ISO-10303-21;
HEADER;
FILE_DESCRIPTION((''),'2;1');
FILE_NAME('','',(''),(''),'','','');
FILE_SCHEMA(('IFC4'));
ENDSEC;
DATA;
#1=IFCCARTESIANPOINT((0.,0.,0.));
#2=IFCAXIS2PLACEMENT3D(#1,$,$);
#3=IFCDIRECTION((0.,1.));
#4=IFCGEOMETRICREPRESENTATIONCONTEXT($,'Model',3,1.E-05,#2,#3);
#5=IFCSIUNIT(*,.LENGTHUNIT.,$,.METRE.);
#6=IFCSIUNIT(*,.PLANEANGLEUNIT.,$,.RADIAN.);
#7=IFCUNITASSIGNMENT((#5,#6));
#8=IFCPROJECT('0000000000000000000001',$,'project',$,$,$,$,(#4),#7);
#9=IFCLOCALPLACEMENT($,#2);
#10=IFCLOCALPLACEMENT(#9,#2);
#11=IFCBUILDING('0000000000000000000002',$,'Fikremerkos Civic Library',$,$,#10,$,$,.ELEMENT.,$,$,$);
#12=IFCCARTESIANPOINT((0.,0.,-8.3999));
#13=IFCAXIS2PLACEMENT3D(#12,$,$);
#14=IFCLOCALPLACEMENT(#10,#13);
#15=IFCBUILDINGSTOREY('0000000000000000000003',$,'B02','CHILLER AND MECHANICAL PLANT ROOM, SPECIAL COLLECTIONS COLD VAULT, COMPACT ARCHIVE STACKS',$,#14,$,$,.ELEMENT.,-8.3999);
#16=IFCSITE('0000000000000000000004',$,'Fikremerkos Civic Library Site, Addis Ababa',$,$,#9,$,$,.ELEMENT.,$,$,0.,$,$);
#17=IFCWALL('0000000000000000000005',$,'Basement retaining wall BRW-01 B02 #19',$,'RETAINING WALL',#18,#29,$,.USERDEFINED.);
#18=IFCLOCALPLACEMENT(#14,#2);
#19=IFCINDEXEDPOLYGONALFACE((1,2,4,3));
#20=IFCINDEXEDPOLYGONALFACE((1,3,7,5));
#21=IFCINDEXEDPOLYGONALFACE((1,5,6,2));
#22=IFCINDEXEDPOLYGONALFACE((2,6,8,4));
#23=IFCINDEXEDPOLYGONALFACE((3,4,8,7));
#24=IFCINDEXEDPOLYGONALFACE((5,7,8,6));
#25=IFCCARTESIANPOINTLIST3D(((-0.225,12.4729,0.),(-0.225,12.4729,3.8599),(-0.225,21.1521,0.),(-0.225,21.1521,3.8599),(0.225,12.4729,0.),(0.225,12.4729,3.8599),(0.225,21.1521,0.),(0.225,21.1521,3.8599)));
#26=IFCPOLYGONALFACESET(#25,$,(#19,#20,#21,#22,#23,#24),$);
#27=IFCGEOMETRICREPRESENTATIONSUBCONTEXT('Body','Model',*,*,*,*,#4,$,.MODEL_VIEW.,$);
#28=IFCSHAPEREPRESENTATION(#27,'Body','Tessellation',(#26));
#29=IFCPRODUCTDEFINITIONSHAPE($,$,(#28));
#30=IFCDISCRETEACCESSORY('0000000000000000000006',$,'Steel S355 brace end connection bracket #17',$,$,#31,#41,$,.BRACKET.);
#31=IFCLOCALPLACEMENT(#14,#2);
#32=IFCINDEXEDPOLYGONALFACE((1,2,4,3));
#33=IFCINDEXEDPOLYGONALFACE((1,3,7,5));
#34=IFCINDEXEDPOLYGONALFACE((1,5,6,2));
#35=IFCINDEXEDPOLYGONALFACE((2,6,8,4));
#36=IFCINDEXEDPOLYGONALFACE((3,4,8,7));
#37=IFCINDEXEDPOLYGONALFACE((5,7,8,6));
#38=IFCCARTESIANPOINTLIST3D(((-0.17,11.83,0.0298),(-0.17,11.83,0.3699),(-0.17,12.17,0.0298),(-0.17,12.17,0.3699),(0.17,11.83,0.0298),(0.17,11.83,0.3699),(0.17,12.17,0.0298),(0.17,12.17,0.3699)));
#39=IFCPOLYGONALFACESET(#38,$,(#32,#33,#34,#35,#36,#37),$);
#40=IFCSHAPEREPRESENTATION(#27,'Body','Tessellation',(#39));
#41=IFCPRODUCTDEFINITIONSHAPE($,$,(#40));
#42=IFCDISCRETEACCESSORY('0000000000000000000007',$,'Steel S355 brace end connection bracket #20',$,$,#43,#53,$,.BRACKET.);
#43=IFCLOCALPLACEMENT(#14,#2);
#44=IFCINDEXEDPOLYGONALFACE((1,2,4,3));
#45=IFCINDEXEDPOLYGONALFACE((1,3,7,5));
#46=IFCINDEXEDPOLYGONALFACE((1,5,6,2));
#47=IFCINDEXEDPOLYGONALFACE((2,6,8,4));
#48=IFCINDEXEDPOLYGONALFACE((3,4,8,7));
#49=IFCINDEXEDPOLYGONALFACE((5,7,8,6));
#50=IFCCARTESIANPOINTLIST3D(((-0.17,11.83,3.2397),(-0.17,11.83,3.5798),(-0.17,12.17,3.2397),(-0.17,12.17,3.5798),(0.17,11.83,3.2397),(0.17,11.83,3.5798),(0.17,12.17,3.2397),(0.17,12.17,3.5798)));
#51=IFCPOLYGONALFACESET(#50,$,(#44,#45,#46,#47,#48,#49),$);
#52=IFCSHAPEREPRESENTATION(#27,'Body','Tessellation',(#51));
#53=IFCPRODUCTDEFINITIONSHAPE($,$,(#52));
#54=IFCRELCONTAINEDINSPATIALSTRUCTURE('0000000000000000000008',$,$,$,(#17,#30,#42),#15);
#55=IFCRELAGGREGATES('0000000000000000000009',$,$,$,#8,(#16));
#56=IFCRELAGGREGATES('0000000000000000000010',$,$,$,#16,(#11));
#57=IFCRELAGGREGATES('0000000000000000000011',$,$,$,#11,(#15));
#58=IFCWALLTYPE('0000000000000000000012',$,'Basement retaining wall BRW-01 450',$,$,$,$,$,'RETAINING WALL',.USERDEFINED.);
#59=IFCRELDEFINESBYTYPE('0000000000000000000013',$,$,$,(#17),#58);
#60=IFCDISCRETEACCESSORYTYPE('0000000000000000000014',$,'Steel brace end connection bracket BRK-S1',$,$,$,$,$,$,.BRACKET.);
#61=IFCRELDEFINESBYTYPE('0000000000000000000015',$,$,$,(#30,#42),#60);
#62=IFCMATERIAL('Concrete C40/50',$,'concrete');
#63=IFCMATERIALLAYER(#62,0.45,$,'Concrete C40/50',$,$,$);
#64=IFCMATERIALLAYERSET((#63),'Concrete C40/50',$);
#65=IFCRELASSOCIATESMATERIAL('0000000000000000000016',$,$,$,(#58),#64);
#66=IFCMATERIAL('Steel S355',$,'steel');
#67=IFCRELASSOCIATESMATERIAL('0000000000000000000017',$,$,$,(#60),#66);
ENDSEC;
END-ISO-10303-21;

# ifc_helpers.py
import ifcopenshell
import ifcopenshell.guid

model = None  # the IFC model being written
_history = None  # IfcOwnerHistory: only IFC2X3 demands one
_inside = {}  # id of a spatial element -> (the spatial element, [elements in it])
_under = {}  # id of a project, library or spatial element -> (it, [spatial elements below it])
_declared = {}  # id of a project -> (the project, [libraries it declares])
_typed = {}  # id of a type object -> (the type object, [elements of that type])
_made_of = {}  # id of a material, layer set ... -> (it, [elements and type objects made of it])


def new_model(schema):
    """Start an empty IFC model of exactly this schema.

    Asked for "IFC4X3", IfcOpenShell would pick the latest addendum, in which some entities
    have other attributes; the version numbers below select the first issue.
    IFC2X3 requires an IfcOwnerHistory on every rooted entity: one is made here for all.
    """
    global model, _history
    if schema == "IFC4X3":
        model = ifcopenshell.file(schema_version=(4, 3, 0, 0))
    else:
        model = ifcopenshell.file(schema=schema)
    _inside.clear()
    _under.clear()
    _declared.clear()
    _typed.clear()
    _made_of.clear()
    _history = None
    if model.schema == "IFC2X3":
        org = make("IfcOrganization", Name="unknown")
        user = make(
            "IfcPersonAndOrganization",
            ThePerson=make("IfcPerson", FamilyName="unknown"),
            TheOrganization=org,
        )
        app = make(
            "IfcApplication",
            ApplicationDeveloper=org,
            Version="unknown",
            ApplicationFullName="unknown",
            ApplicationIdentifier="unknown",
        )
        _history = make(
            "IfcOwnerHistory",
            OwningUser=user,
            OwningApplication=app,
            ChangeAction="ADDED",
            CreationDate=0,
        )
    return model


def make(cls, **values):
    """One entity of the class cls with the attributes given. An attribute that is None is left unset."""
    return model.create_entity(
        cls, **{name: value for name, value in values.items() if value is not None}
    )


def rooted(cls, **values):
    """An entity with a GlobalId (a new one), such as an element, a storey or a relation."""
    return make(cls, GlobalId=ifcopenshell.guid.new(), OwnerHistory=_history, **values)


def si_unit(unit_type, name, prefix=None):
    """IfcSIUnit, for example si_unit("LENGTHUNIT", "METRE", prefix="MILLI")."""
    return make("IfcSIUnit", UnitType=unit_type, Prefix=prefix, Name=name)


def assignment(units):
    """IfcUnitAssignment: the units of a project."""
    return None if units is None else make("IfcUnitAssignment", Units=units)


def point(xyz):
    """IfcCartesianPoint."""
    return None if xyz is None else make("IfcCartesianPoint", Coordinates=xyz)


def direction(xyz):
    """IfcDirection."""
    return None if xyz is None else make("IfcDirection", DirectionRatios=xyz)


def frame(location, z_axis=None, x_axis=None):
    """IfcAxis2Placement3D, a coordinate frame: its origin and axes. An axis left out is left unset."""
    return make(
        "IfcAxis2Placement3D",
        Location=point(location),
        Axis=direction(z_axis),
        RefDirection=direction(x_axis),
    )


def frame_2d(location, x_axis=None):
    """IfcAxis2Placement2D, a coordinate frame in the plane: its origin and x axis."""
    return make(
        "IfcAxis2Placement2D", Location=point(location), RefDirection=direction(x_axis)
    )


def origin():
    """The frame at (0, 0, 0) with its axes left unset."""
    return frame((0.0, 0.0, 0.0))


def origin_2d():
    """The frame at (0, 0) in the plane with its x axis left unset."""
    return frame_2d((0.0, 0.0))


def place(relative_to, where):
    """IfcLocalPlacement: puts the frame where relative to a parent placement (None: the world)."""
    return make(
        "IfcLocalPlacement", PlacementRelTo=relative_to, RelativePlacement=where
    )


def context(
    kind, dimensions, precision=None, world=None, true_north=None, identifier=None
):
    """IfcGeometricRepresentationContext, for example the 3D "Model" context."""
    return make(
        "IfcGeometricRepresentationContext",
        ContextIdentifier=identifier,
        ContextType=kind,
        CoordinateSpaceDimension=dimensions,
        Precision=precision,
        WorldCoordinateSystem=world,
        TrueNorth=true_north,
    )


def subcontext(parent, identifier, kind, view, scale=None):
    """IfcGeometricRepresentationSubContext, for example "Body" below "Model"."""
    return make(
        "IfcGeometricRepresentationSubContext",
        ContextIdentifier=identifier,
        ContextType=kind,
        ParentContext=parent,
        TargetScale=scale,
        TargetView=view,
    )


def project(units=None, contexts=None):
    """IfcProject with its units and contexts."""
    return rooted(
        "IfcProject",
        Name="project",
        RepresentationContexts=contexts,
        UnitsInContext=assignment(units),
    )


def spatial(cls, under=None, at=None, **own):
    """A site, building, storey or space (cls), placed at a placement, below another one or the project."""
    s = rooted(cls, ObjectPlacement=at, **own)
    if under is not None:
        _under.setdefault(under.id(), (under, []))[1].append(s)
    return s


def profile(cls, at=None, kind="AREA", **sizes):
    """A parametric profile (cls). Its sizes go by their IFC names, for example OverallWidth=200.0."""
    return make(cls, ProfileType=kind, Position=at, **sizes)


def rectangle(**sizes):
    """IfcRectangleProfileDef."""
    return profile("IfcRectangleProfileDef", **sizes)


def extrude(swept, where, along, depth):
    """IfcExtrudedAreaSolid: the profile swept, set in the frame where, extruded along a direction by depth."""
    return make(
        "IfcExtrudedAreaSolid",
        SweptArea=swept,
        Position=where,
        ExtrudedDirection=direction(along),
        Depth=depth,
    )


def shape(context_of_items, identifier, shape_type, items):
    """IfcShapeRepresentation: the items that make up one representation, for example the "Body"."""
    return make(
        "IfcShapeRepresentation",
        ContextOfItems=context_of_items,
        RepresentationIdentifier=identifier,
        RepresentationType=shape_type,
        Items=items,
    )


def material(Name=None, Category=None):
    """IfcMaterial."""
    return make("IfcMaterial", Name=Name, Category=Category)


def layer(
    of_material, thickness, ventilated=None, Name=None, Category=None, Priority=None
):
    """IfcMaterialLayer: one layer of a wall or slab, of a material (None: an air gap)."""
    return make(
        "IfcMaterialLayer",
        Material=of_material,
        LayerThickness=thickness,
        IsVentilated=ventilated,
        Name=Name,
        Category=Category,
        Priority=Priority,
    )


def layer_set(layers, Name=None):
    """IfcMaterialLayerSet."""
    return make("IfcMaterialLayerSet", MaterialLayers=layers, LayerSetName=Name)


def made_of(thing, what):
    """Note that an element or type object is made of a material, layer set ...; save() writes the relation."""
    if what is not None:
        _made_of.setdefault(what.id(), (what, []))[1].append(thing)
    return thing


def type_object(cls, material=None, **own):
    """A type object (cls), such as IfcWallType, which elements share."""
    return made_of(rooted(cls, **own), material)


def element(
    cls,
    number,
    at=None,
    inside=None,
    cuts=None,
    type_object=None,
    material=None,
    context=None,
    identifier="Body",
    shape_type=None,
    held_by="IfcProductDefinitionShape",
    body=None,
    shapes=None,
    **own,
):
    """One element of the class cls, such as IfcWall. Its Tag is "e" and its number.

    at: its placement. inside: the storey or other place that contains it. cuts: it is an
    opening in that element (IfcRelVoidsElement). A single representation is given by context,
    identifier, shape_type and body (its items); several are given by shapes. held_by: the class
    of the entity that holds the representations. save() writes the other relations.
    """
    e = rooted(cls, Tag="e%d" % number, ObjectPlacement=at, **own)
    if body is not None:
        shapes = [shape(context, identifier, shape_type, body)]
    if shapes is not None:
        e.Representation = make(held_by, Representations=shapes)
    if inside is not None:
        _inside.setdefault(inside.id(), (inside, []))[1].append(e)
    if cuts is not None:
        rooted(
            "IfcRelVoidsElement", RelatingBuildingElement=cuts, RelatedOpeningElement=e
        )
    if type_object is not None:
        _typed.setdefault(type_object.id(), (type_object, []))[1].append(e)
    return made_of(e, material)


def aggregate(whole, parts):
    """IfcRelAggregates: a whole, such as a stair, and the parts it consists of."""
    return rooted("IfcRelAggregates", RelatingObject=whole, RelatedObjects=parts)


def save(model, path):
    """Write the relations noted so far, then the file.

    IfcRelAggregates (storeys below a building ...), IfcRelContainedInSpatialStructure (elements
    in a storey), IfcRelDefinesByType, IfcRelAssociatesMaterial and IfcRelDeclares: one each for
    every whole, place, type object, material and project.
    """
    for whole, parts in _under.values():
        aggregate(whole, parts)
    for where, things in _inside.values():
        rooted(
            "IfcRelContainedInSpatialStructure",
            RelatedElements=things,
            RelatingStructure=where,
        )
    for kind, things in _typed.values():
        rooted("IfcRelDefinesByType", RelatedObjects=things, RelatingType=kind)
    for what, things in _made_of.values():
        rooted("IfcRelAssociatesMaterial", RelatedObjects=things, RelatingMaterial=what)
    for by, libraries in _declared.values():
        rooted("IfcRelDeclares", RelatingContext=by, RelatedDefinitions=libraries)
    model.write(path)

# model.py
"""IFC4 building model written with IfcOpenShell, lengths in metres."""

from ifc_helpers import new_model, si_unit, direction, frame, frame_2d, origin, origin_2d, place, context, subcontext, project, spatial, rectangle, extrude, material, layer, layer_set, type_object, element, save


model = new_model("IFC4")

# Units and contexts
model_context = context("Model", 3, precision=1e-05, world=origin(), true_north=direction((0.0, 1.0)))
body_context = subcontext(model_context, "Body", "Model", "MODEL_VIEW")
ifc_project = project(units=[si_unit("LENGTHUNIT", "METRE"), si_unit("PLANEANGLEUNIT", "RADIAN")], contexts=[model_context])

# Site, building, storey
site_placement = place(None, origin())
site = spatial("IfcSite", under=ifc_project, at=site_placement, Name="Fikremerkos Civic Library Site, Addis Ababa", CompositionType="ELEMENT", RefElevation=0.0)
building_placement = place(site_placement, origin())
building = spatial("IfcBuilding", under=site, at=building_placement, Name="Fikremerkos Civic Library", CompositionType="ELEMENT")
storey_placement = place(building_placement, frame((0.0, 0.0, -8.3999)))
storey = spatial("IfcBuildingStorey", under=building, at=storey_placement, Name="B02", Description="CHILLER AND MECHANICAL PLANT ROOM, SPECIAL COLLECTIONS COLD VAULT, COMPACT ARCHIVE STACKS", CompositionType="ELEMENT", Elevation=-8.3999)

# Shared definitions
ifc_material_1 = material(Name="Concrete C40/50", Category="concrete")

# Shared definitions
ifc_material_2 = material(Name="Steel S355", Category="steel")

# Wall
ifc_layer_1 = layer(ifc_material_1, 0.45, Name="Concrete C40/50")
ifc_layer_set_1 = layer_set([ifc_layer_1], Name="Concrete C40/50")
wall_type = type_object("IfcWallType", Name="Basement retaining wall BRW-01 450", ElementType="RETAINING WALL", PredefinedType="USERDEFINED", material=ifc_layer_set_1)
wall_1_placement = place(storey_placement, frame((0.0, 12.4729, 0.0), z_axis=(0.0, 0.0, 1.0), x_axis=(0.0, 1.0, 0.0)))
element("IfcWall", 1, at=wall_1_placement, inside=storey, type_object=wall_type, Name="Basement retaining wall BRW-01 B02 #19", ObjectType="RETAINING WALL", PredefinedType="USERDEFINED", context=body_context, shape_type="SweptSolid", body=[
    extrude(rectangle(XDim=8.6792, YDim=0.45, at=frame_2d((4.3396, 0.0))), origin(), (0.0, 0.0, 1.0), 3.8599),
])

# Discrete accessories
discrete_accessory_type = type_object("IfcDiscreteAccessoryType", Name="Steel brace end connection bracket BRK-S1", PredefinedType="BRACKET", material=ifc_material_2)
for number, where, z_axis, x_axis, name in (
    (2, (0.0, 12.0, 0.0298), (0.0, 0.0, 1.0), (1.0, 0.0, 0.0), "Steel S355 brace end connection bracket #17"),
    (3, (0.0, 12.0, 3.2397), (0.0, 0.0, 1.0), (1.0, 0.0, 0.0), "Steel S355 brace end connection bracket #20"),
):
    element("IfcDiscreteAccessory", number, at=place(storey_placement, frame(where, z_axis=z_axis, x_axis=x_axis)), inside=storey, type_object=discrete_accessory_type, Name=name, PredefinedType="BRACKET", context=body_context, shape_type="SweptSolid", body=[
        extrude(rectangle(XDim=0.3401, YDim=0.3401, at=origin_2d()), origin(), (0.0, 0.0, 1.0), 0.3401),
    ])

save(model, "model.ifc")
